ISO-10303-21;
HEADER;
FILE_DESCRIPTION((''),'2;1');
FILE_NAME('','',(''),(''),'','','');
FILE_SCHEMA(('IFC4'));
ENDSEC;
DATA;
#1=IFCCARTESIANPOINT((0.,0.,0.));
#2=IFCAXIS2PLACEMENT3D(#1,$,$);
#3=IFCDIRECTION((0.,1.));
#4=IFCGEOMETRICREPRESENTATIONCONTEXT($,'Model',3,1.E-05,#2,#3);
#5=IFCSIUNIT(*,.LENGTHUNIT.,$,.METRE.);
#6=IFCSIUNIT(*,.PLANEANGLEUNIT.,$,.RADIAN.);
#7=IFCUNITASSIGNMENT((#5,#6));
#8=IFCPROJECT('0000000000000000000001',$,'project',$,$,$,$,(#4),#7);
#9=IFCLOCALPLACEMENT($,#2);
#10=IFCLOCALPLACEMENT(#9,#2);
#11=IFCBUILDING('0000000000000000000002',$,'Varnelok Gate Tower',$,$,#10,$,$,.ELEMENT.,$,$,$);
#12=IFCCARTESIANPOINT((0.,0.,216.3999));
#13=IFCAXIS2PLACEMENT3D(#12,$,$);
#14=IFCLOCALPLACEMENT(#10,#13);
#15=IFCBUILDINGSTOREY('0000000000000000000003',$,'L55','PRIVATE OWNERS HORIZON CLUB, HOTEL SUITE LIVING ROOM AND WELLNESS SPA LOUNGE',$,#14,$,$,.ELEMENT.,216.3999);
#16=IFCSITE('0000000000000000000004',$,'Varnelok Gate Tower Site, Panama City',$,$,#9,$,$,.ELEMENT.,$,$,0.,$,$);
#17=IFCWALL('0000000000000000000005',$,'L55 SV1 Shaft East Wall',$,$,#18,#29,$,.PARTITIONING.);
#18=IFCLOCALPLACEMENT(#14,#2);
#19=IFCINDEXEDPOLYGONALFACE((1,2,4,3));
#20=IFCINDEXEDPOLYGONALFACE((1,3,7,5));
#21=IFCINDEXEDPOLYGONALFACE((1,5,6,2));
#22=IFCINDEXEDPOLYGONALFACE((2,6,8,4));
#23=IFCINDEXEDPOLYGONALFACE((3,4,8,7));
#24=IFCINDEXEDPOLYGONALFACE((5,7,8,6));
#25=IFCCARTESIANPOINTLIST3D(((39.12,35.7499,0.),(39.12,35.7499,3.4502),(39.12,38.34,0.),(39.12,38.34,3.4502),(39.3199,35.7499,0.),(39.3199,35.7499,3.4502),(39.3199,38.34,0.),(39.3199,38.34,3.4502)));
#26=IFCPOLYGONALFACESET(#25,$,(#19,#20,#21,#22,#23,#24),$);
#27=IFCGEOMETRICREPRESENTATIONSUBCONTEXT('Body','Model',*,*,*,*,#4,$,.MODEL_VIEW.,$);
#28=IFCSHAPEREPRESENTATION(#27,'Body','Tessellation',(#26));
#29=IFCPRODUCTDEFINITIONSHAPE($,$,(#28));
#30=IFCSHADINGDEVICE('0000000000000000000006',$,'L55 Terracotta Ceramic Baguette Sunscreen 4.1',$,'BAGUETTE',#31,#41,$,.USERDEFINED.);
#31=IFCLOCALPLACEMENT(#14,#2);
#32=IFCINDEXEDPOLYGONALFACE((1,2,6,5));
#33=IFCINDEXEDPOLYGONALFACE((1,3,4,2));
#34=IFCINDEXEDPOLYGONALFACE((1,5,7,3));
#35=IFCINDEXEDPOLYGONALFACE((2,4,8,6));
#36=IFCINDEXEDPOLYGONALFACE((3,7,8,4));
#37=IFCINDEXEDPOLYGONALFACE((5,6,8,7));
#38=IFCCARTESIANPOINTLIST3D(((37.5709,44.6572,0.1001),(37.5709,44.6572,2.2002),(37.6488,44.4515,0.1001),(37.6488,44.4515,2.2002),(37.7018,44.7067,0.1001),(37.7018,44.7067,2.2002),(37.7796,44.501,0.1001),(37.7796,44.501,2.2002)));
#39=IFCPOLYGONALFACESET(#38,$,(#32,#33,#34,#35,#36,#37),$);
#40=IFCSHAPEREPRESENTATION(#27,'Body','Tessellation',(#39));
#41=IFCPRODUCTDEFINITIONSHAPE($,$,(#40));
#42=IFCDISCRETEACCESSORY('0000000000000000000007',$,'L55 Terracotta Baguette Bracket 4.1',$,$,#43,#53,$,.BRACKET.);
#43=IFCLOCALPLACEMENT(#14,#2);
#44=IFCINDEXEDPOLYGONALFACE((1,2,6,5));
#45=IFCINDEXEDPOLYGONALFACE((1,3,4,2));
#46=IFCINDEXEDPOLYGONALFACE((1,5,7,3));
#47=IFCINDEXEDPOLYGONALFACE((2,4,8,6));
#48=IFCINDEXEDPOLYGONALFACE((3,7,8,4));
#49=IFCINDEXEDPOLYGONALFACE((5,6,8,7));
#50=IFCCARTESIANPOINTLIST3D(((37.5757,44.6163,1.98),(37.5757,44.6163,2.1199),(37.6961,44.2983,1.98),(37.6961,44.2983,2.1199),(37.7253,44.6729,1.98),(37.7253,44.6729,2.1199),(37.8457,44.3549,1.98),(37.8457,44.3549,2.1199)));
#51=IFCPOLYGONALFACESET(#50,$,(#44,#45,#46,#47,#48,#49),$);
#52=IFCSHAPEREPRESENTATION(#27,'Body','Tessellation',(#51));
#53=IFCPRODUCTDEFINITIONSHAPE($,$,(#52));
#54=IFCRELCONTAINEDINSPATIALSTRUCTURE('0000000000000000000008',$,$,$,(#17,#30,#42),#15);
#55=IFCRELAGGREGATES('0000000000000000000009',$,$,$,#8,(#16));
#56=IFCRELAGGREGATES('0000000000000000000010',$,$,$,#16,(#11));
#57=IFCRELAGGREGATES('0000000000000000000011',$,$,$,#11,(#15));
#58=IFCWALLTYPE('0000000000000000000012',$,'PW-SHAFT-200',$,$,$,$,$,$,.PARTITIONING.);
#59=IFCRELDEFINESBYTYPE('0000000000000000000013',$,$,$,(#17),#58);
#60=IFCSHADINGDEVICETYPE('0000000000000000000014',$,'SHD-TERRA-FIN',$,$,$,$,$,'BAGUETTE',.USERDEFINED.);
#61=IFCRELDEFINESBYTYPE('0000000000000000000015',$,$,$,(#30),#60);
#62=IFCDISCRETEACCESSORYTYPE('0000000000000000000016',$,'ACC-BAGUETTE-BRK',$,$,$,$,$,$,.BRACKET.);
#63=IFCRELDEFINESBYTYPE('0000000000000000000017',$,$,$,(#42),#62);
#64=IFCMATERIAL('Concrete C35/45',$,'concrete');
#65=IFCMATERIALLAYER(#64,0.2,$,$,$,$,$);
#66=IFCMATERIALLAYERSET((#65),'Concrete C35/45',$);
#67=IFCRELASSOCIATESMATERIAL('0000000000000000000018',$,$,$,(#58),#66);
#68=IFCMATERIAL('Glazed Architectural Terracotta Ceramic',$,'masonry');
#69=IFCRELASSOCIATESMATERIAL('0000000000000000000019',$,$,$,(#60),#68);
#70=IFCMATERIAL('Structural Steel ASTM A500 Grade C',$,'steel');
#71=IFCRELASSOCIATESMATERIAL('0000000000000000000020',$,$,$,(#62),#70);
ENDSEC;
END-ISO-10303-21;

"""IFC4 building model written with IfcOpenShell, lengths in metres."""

from ifc_helpers import new_model, si_unit, direction, frame, frame_2d, origin, origin_2d, place, context, subcontext, project, spatial, rectangle, extrude, source, transform, mapped, material, layer, layer_set, type_object, element, save


model = new_model("IFC4")

# Units and contexts
model_context = context("Model", 3, precision=1e-05, world=origin(), true_north=direction((0.0, 1.0)))
body_context = subcontext(model_context, "Body", "Model", "MODEL_VIEW")
ifc_project = project(units=[si_unit("LENGTHUNIT", "METRE"), si_unit("PLANEANGLEUNIT", "RADIAN")], contexts=[model_context])

# Site, building, storey
site_placement = place(None, origin())
site = spatial("IfcSite", under=ifc_project, at=site_placement, Name="Varnelok Gate Tower Site, Panama City", CompositionType="ELEMENT", RefElevation=0.0)
building_placement = place(site_placement, origin())
building = spatial("IfcBuilding", under=site, at=building_placement, Name="Varnelok Gate Tower", CompositionType="ELEMENT")
storey_placement = place(building_placement, frame((0.0, 0.0, 216.3999)))
storey = spatial("IfcBuildingStorey", under=building, at=storey_placement, Name="L55", Description="PRIVATE OWNERS HORIZON CLUB, HOTEL SUITE LIVING ROOM AND WELLNESS SPA LOUNGE", CompositionType="ELEMENT", Elevation=216.3999)

# Shared definitions
ifc_material_1 = material(Name="Concrete C35/45", Category="concrete")
ifc_layer_1 = layer(ifc_material_1, 0.2)
ifc_layer_set_1 = layer_set([ifc_layer_1], Name="Concrete C35/45")
wall_type_1 = type_object("IfcWallType", Name="PW-SHAFT-200", PredefinedType="PARTITIONING", material=ifc_layer_set_1)

# Wall
wall_1_placement = place(storey_placement, frame((39.22, 35.75, 0.0), z_axis=(0.0, 0.0, 1.0), x_axis=(0.0, 1.0, 0.0)))
element("IfcWall", 1, at=wall_1_placement, inside=storey, type_object=wall_type_1, Name="L55 SV1 Shaft East Wall", PredefinedType="PARTITIONING", context=body_context, shape_type="SweptSolid", body=[
    extrude(rectangle(XDim=2.5901, YDim=0.2, at=frame_2d((1.2949, 0.0))), origin(), (0.0, 0.0, 1.0), 3.4502),
])

# Shading device
ifc_material_2 = material(Name="Glazed Architectural Terracotta Ceramic", Category="masonry")
shading_device_type = type_object("IfcShadingDeviceType", Name="SHD-TERRA-FIN", ElementType="BAGUETTE", PredefinedType="USERDEFINED", material=ifc_material_2)
shared_shape_1 = source(origin(), body_context, "Body", "SweptSolid", [
    extrude(rectangle(XDim=0.1399, YDim=0.22, at=origin_2d()), origin(), (0.0, 0.0, 1.0), 2.1001),
])
shading_device_placement = place(storey_placement, frame((37.6753, 44.5791, 0.1001), z_axis=(0.0, 0.0, 1.0), x_axis=(0.935222, 0.354063, 0.0)))
element("IfcShadingDevice", 2, at=shading_device_placement, inside=storey, type_object=shading_device_type, Name="L55 Terracotta Ceramic Baguette Sunscreen 4.1", ObjectType="BAGUETTE", PredefinedType="USERDEFINED", context=body_context, shape_type="MappedRepresentation", body=[
    mapped(shared_shape_1, transform((0.0, 0.0, 0.0), scale=1.0)),
])

# Discrete accessory
ifc_material_3 = material(Name="Structural Steel ASTM A500 Grade C", Category="steel")
discrete_accessory_type = type_object("IfcDiscreteAccessoryType", Name="ACC-BAGUETTE-BRK", PredefinedType="BRACKET", material=ifc_material_3)
shared_shape_2 = source(origin(), body_context, "Body", "SweptSolid", [
    extrude(rectangle(XDim=0.1599, YDim=0.3401, at=origin_2d()), origin(), (0.0, 0.0, 1.0), 0.1399),
])
discrete_accessory_placement = place(storey_placement, frame((37.7107, 44.4856, 1.98), z_axis=(0.0, 0.0, 1.0), x_axis=(0.935222, 0.354063, 0.0)))
element("IfcDiscreteAccessory", 3, at=discrete_accessory_placement, inside=storey, type_object=discrete_accessory_type, Name="L55 Terracotta Baguette Bracket 4.1", PredefinedType="BRACKET", context=body_context, shape_type="MappedRepresentation", body=[
    mapped(shared_shape_2, transform((0.0, 0.0, 0.0), scale=1.0)),
])

save(model, "model.ifc")
